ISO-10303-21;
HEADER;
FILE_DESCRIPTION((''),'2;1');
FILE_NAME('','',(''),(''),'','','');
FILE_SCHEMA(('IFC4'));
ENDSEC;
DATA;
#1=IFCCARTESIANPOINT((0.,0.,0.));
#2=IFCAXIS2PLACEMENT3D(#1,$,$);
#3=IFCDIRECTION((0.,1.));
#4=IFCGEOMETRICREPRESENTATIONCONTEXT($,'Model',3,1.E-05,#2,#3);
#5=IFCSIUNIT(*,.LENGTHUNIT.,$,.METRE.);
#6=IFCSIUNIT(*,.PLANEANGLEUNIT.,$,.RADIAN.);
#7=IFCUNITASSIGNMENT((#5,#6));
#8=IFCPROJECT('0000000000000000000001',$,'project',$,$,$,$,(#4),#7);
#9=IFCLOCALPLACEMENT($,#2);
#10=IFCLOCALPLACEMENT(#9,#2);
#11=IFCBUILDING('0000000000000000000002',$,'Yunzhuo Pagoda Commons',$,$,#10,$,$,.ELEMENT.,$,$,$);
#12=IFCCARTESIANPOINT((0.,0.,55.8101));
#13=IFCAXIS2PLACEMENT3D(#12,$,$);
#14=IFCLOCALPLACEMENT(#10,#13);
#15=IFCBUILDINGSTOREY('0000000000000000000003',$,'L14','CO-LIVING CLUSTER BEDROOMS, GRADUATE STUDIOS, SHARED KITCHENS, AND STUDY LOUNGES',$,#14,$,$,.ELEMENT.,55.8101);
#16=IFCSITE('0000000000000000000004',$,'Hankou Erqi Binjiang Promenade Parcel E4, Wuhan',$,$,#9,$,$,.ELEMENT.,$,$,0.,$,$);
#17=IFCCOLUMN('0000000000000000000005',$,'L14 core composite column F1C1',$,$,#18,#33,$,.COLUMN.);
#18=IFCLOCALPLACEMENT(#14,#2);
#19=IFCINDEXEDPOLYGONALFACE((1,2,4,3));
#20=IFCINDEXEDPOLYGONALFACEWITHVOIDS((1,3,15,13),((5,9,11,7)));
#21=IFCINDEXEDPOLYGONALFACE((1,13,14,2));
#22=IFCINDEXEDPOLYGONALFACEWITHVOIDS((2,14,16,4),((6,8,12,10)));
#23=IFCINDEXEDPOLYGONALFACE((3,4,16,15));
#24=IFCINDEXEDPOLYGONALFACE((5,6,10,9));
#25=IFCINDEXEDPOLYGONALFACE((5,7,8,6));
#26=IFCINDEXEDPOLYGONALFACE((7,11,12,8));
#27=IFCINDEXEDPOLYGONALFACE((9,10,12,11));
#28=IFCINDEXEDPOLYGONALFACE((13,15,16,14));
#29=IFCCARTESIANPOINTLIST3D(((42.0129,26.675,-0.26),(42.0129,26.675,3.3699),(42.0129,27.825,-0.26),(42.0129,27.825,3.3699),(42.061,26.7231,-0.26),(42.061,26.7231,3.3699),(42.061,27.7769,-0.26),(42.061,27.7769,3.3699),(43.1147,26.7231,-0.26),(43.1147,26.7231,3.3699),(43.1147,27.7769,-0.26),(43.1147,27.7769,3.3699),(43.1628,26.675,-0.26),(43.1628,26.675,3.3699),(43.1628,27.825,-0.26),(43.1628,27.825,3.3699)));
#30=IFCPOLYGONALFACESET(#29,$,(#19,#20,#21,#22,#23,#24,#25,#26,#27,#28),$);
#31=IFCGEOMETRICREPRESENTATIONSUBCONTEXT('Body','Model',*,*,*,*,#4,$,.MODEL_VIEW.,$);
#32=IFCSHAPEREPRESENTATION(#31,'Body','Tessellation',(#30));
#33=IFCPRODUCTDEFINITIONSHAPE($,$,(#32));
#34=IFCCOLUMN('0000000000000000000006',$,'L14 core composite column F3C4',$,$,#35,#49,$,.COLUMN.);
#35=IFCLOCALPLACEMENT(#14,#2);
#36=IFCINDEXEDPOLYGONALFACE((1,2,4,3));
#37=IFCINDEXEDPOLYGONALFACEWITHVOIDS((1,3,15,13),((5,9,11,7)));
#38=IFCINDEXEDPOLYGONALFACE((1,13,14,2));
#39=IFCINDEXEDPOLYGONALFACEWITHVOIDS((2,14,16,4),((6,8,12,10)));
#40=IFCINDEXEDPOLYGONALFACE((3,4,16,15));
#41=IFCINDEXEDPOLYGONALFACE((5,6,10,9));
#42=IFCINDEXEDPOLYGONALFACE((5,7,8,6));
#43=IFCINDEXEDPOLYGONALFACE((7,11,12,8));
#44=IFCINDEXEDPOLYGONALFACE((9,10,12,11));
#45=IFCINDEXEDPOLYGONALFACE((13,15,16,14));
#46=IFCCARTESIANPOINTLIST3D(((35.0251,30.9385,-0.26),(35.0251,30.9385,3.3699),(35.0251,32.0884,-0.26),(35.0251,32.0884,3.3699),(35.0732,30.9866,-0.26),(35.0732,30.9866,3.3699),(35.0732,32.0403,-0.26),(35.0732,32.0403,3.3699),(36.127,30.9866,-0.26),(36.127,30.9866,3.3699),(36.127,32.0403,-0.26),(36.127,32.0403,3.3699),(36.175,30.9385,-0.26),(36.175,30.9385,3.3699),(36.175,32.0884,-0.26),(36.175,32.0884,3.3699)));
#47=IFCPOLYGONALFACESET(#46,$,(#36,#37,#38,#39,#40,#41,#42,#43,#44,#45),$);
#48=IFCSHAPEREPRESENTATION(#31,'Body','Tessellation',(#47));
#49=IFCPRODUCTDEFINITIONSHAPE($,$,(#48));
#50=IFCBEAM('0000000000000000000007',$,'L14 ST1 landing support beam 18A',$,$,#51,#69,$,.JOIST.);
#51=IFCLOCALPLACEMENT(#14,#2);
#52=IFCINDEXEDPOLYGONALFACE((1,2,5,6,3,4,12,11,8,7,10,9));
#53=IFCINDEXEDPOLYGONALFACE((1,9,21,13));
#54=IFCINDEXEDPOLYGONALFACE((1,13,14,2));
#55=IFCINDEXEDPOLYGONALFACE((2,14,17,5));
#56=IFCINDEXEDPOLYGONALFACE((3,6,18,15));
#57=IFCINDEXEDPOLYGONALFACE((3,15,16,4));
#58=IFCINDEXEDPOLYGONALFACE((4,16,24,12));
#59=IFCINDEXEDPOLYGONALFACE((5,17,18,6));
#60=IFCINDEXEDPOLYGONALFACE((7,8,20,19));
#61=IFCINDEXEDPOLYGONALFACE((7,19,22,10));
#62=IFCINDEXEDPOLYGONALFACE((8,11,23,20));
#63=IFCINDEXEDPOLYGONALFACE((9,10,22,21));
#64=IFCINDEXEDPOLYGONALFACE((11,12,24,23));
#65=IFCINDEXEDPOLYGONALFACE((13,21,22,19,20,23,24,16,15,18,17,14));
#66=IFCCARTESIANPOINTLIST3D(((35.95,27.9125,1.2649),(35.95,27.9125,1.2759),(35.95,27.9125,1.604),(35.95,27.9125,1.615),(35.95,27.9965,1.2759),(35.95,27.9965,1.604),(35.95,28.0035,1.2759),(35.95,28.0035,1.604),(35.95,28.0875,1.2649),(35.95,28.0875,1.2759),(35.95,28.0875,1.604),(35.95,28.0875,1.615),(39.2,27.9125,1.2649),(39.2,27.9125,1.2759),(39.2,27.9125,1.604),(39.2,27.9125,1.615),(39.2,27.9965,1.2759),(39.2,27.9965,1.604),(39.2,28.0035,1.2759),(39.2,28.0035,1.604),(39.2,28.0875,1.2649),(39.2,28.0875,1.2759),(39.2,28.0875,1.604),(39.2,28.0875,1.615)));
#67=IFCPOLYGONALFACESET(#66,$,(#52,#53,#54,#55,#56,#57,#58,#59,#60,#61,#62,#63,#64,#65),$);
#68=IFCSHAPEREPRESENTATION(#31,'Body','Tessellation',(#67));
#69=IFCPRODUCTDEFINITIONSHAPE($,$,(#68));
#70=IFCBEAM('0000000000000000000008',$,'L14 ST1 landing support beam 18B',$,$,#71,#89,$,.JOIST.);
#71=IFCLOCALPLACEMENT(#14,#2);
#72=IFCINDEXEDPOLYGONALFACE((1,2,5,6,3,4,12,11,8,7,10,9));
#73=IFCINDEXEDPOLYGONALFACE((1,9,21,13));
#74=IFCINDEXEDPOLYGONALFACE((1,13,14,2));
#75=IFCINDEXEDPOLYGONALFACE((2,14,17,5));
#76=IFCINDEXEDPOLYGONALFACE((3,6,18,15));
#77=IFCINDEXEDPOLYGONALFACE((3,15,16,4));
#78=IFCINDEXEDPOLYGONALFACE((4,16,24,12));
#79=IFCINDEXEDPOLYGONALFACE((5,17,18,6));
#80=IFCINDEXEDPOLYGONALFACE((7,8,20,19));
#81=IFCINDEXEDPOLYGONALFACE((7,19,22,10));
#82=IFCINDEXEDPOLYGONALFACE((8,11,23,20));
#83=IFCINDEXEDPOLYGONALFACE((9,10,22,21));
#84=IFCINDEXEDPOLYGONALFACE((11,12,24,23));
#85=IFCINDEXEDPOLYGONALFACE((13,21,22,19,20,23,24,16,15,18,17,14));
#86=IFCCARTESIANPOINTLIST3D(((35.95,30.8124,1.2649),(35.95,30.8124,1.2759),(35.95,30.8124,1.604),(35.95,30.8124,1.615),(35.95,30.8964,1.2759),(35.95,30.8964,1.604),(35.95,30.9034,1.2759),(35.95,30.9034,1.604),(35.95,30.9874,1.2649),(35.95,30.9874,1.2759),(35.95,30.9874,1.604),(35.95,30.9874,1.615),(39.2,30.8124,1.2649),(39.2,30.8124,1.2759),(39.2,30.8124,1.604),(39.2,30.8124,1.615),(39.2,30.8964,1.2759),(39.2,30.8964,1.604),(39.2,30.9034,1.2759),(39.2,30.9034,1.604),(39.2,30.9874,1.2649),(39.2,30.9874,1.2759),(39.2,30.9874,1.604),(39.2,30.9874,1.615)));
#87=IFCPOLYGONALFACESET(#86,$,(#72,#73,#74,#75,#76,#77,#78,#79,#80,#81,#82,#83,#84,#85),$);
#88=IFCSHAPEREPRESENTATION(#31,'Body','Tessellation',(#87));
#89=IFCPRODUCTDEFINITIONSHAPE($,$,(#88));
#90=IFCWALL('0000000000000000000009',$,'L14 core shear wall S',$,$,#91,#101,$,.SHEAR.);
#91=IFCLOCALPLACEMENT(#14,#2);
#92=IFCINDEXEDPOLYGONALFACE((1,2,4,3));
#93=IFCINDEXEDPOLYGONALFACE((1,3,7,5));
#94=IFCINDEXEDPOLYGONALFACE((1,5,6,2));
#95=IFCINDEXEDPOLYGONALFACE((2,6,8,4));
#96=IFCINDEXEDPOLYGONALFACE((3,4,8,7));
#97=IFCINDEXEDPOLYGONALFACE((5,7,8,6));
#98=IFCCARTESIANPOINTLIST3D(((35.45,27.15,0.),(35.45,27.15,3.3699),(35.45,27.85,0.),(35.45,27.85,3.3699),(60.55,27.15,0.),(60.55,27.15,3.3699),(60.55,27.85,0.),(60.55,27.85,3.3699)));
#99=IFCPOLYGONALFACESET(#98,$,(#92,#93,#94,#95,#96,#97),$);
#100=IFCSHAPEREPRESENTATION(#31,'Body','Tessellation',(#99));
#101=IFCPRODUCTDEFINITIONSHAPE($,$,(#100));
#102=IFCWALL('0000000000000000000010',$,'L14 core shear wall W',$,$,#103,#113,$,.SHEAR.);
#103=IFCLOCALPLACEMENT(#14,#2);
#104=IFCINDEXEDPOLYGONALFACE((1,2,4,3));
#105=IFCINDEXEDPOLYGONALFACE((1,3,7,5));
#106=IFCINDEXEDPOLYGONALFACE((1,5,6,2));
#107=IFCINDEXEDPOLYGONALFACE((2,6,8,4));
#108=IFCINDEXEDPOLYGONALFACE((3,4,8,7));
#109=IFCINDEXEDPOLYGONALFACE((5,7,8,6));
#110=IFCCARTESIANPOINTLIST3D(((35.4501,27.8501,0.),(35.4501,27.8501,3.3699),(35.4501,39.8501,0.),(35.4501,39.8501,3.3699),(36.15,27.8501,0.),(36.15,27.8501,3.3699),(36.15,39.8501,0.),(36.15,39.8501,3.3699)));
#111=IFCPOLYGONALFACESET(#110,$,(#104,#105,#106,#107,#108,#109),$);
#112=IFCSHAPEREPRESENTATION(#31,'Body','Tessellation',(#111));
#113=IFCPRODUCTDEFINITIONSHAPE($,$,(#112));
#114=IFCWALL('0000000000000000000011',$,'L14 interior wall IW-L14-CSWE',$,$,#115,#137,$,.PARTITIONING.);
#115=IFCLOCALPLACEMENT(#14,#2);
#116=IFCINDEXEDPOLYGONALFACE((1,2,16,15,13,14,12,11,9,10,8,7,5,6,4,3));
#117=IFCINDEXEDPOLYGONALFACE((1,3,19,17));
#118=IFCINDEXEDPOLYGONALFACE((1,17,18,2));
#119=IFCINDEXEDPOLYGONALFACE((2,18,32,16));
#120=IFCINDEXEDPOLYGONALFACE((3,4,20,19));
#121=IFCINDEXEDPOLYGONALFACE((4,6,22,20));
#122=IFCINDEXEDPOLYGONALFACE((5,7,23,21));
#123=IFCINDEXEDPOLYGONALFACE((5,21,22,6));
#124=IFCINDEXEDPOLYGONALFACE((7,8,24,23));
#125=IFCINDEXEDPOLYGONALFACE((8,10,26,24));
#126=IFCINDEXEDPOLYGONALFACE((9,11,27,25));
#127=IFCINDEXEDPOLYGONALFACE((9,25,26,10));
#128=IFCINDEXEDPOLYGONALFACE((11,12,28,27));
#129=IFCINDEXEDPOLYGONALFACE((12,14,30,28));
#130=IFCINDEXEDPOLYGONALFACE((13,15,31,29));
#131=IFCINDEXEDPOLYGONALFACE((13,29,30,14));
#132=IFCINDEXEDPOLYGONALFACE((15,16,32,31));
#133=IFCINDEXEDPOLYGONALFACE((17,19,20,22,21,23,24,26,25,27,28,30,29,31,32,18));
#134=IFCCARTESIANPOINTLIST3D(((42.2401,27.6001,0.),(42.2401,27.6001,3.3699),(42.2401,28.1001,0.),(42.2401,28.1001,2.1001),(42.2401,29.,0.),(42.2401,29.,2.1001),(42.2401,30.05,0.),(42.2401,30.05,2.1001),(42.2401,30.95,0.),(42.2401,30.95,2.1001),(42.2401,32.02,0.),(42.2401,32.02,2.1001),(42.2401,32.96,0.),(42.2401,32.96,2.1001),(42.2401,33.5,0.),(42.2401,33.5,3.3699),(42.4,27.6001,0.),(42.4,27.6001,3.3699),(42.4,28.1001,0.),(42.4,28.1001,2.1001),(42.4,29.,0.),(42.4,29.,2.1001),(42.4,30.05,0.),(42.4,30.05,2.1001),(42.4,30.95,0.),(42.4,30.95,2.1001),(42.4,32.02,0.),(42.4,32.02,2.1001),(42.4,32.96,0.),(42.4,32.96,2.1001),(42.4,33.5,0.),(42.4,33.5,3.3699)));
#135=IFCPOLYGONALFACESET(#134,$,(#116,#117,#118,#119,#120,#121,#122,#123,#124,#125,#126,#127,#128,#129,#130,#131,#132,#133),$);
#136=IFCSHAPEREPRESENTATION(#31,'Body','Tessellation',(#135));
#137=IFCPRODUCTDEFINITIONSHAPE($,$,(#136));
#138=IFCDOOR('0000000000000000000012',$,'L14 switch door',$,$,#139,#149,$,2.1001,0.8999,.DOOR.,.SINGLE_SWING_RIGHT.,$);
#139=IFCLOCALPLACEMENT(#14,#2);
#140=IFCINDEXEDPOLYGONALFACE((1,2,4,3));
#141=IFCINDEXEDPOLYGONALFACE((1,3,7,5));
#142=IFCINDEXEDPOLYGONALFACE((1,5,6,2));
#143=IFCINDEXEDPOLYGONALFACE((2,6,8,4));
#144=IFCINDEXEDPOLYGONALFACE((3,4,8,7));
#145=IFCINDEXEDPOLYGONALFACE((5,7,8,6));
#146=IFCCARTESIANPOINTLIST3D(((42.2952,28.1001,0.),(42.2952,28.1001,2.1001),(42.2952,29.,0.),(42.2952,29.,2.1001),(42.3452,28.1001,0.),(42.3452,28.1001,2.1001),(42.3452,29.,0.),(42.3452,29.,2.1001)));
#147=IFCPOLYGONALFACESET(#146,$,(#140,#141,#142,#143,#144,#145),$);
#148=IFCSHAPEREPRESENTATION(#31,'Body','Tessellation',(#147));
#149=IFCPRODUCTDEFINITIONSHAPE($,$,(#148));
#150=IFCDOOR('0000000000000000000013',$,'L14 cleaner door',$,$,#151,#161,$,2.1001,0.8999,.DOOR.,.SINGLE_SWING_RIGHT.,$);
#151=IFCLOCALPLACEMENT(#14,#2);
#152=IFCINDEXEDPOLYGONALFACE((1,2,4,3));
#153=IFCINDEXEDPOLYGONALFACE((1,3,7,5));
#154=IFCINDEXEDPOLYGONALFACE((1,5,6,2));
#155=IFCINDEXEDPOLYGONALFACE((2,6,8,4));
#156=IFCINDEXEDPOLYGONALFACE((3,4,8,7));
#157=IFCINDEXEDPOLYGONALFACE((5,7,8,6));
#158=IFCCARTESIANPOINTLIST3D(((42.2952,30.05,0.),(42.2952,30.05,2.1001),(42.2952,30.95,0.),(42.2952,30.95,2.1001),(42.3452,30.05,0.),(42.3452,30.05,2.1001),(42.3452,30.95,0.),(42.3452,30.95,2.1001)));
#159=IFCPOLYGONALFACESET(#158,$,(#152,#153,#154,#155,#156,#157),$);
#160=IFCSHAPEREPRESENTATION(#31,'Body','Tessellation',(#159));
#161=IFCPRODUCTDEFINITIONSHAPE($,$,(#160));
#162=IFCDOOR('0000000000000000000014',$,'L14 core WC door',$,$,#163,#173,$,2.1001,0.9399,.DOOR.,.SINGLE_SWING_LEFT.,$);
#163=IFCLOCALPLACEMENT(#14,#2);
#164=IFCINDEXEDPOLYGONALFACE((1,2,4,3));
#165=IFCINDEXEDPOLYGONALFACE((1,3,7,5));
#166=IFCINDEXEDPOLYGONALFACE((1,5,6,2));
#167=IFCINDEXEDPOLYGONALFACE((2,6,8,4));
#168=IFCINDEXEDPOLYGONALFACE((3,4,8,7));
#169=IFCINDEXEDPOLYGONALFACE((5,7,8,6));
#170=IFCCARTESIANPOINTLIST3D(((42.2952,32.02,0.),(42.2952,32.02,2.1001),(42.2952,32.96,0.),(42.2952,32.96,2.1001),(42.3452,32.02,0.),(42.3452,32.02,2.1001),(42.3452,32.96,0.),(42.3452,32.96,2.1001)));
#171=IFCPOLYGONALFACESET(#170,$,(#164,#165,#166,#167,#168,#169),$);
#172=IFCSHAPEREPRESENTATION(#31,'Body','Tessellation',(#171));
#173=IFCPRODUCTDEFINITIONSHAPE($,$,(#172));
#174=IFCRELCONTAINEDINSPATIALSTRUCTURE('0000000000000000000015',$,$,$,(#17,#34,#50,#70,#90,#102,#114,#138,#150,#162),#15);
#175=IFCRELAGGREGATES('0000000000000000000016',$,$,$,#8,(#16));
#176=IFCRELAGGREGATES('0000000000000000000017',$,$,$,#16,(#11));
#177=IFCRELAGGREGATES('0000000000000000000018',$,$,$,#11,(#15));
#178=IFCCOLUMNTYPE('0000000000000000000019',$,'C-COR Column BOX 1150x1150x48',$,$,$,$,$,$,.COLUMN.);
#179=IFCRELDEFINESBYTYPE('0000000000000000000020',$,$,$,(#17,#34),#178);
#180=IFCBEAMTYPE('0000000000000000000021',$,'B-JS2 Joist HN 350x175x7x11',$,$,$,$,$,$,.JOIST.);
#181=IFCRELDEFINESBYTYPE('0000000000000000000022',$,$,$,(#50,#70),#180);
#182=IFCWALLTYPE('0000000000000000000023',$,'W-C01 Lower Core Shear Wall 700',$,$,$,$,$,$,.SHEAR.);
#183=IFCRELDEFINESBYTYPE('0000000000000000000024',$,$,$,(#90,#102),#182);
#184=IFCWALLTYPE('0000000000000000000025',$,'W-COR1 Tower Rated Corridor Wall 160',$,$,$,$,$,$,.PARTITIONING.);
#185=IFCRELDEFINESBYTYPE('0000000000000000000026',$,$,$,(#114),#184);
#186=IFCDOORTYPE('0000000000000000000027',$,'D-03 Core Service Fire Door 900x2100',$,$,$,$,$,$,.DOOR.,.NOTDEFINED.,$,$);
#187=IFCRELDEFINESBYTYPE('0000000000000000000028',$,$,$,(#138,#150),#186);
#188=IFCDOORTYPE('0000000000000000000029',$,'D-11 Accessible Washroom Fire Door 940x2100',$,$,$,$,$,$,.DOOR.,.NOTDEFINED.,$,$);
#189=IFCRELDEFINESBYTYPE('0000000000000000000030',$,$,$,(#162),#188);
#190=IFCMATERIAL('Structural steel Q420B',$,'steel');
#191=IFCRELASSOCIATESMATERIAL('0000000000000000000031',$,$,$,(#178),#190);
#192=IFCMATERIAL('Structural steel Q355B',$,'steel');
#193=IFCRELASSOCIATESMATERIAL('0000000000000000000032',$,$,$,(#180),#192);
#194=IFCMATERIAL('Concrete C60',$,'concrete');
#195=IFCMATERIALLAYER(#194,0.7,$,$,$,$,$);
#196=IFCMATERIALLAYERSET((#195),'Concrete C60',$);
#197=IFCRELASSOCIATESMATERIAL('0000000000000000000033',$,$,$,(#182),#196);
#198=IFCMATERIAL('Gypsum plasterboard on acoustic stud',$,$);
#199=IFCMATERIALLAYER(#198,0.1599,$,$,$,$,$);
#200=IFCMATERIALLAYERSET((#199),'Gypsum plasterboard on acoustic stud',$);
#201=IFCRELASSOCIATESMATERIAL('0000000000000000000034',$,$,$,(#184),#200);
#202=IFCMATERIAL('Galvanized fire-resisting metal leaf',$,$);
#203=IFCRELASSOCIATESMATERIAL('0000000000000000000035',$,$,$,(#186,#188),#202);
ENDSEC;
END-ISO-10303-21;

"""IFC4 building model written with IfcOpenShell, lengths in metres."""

from ifc_helpers import new_model, si_unit, direction, frame, frame_2d, origin, origin_with_axes, origin_2d, place, context, subcontext, project, spatial, rectangle, hollow_rectangle, i_section, extrude, source, transform, mapped, material, layer, layer_set, material_profile, profile_set, type_object, element, fill, save


model = new_model("IFC4")

# Units and contexts
model_context = context("Model", 3, precision=1e-05, world=origin(), true_north=direction((0.0, 1.0)))
body_context = subcontext(model_context, "Body", "Model", "MODEL_VIEW")
ifc_project = project(units=[si_unit("LENGTHUNIT", "METRE"), si_unit("PLANEANGLEUNIT", "RADIAN")], contexts=[model_context])

# Site, building, storey
site_placement = place(None, origin())
site = spatial("IfcSite", under=ifc_project, at=site_placement, Name="Hankou Erqi Binjiang Promenade Parcel E4, Wuhan", CompositionType="ELEMENT", RefElevation=0.0)
building_placement = place(site_placement, origin())
building = spatial("IfcBuilding", under=site, at=building_placement, Name="Yunzhuo Pagoda Commons", CompositionType="ELEMENT")
storey_placement = place(building_placement, frame((0.0, 0.0, 55.8101)))
storey = spatial("IfcBuildingStorey", under=building, at=storey_placement, Name="L14", Description="CO-LIVING CLUSTER BEDROOMS, GRADUATE STUDIOS, SHARED KITCHENS, AND STUDY LOUNGES", CompositionType="ELEMENT", Elevation=55.8101)

# Columns
ifc_material_1 = material(Name="Structural steel Q420B", Category="steel")
ifc_material_profile_1 = material_profile(ifc_material_1, hollow_rectangle(XDim=1.1499, YDim=1.1499, WallThickness=0.0481, at=origin_2d()), Name="Structural steel Q420B")
ifc_profile_set_1 = profile_set([ifc_material_profile_1], Name="Structural steel Q420B")
column_type = type_object("IfcColumnType", Name="C-COR Column BOX 1150x1150x48", PredefinedType="COLUMN", material=ifc_profile_set_1)
shared_shape_1 = source(origin(), body_context, "Body", "SweptSolid", [
    extrude(hollow_rectangle(XDim=1.1499, YDim=1.1499, WallThickness=0.0481, at=origin_2d()), origin(), (0.0, 0.0, 1.0), 3.6299),
])
for number, where, z_axis, x_axis, name in (
    (1, (42.5879, 27.25, -0.26), (0.0, 0.0, 1.0), (1.0, 0.0, 0.0), "L14 core composite column F1C1"),
    (2, (35.6001, 31.5134, -0.26), (0.0, 0.0, 1.0), (1.0, 0.0, 0.0), "L14 core composite column F3C4"),
):
    element("IfcColumn", number, at=place(storey_placement, frame(where, z_axis=z_axis, x_axis=x_axis)), inside=storey, type_object=column_type, Name=name, PredefinedType="COLUMN", context=body_context, shape_type="MappedRepresentation", body=[
        mapped(shared_shape_1, transform((0.0, 0.0, 0.0), scale=1.0)),
    ])

# Beams
ifc_material_2 = material(Name="Structural steel Q355B", Category="steel")
ifc_material_profile_2 = material_profile(ifc_material_2, i_section(OverallWidth=0.175, OverallDepth=0.3501, WebThickness=0.0071, FlangeThickness=0.011, at=origin_2d()), Name="Structural steel Q355B")
ifc_profile_set_2 = profile_set([ifc_material_profile_2], Name="Structural steel Q355B")
beam_type = type_object("IfcBeamType", Name="B-JS2 Joist HN 350x175x7x11", PredefinedType="JOIST", material=ifc_profile_set_2)
shared_shape_2 = source(origin(), body_context, "Body", "SweptSolid", [
    extrude(i_section(OverallWidth=0.175, OverallDepth=0.3501, WebThickness=0.0071, FlangeThickness=0.011, at=origin_2d()), origin(), (0.0, 0.0, 1.0), 3.25),
])
for number, where, z_axis, x_axis, name in (
    (3, (35.95, 28.0, 1.4399), (1.0, 0.0, 0.0), (0.0, 1.0, 0.0), "L14 ST1 landing support beam 18A"),
    (4, (35.95, 30.8999, 1.4399), (1.0, 0.0, 0.0), (0.0, 1.0, 0.0), "L14 ST1 landing support beam 18B"),
):
    element("IfcBeam", number, at=place(storey_placement, frame(where, z_axis=z_axis, x_axis=x_axis)), inside=storey, type_object=beam_type, Name=name, PredefinedType="JOIST", context=body_context, shape_type="MappedRepresentation", body=[
        mapped(shared_shape_2, transform((0.0, 0.0, 0.0), scale=1.0)),
    ])

# Walls
ifc_material_3 = material(Name="Concrete C60", Category="concrete")
ifc_layer_1 = layer(ifc_material_3, 0.7)
ifc_layer_set_1 = layer_set([ifc_layer_1], Name="Concrete C60")
wall_type_1 = type_object("IfcWallType", Name="W-C01 Lower Core Shear Wall 700", PredefinedType="SHEAR", material=ifc_layer_set_1)
wall_1_placement = place(storey_placement, frame((35.45, 27.5, 0.0), z_axis=(0.0, 0.0, 1.0), x_axis=(1.0, 0.0, 0.0)))
element("IfcWall", 5, at=wall_1_placement, inside=storey, type_object=wall_type_1, Name="L14 core shear wall S", PredefinedType="SHEAR", context=body_context, shape_type="SweptSolid", body=[
    extrude(rectangle(XDim=25.1001, YDim=0.7, at=frame_2d((12.55, 0.0))), origin(), (0.0, 0.0, 1.0), 3.3699),
])
wall_2_placement = place(storey_placement, frame((35.8, 27.8501, 0.0), z_axis=(0.0, 0.0, 1.0), x_axis=(0.0, 1.0, 0.0)))
element("IfcWall", 6, at=wall_2_placement, inside=storey, type_object=wall_type_1, Name="L14 core shear wall W", PredefinedType="SHEAR", context=body_context, shape_type="SweptSolid", body=[
    extrude(rectangle(XDim=12.0, YDim=0.7, at=frame_2d((6.0, 0.0))), origin(), (0.0, 0.0, 1.0), 3.3699),
])

# Wall, openings, doors
ifc_material_4 = material(Name="Gypsum plasterboard on acoustic stud")
ifc_layer_2 = layer(ifc_material_4, 0.1599)
ifc_layer_set_2 = layer_set([ifc_layer_2], Name="Gypsum plasterboard on acoustic stud")
wall_type_2 = type_object("IfcWallType", Name="W-COR1 Tower Rated Corridor Wall 160", PredefinedType="PARTITIONING", material=ifc_layer_set_2)
wall_3_placement = place(storey_placement, frame((42.3201, 27.6001, 0.0), z_axis=(0.0, 0.0, 1.0), x_axis=(0.0, 1.0, 0.0)))
wall_3 = element("IfcWall", 7, at=wall_3_placement, inside=storey, type_object=wall_type_2, Name="L14 interior wall IW-L14-CSWE", PredefinedType="PARTITIONING", context=body_context, shape_type="SweptSolid", body=[
    extrude(rectangle(XDim=5.8999, YDim=0.1599, at=frame_2d((2.95, 0.0))), origin(), (0.0, 0.0, 1.0), 3.3699),
])
opening_1_placement = place(wall_3_placement, frame((0.5, 0.0, 0.0)))
opening_1 = element("IfcOpeningElement", 8, at=opening_1_placement, cuts=wall_3, PredefinedType="OPENING", context=body_context, shape_type="SweptSolid", body=[
    extrude(rectangle(XDim=0.8999, YDim=2.1001, at=frame_2d((0.45, 1.05))), frame((0.0, 0.0898, 0.0), z_axis=(0.0, -1.0, 0.0), x_axis=(1.0, 0.0, 0.0)), (0.0, 0.0, 1.0), 0.1799),
])
opening_2_placement = place(wall_3_placement, frame((2.45, 0.0, 0.0)))
opening_2 = element("IfcOpeningElement", 9, at=opening_2_placement, cuts=wall_3, PredefinedType="OPENING", context=body_context, shape_type="SweptSolid", body=[
    extrude(rectangle(XDim=0.8999, YDim=2.1001, at=frame_2d((0.45, 1.05))), frame((0.0, 0.0898, 0.0), z_axis=(0.0, -1.0, 0.0), x_axis=(1.0, 0.0, 0.0)), (0.0, 0.0, 1.0), 0.1799),
])
opening_3_placement = place(wall_3_placement, frame((4.4199, 0.0, 0.0)))
opening_3 = element("IfcOpeningElement", 10, at=opening_3_placement, cuts=wall_3, PredefinedType="OPENING", context=body_context, shape_type="SweptSolid", body=[
    extrude(rectangle(XDim=0.9399, YDim=2.1001, at=frame_2d((0.47, 1.05))), frame((0.0, 0.0898, 0.0), z_axis=(0.0, -1.0, 0.0), x_axis=(1.0, 0.0, 0.0)), (0.0, 0.0, 1.0), 0.1799),
])
ifc_material_5 = material(Name="Galvanized fire-resisting metal leaf")
door_type_1 = type_object("IfcDoorType", Name="D-03 Core Service Fire Door 900x2100", OperationType="NOTDEFINED", PredefinedType="DOOR", material=ifc_material_5)
shared_shape_3 = source(origin(), body_context, "Body", "SweptSolid", [
    extrude(rectangle(XDim=0.8999, YDim=2.1001, at=frame_2d((0.45, 1.05))), frame((0.0, 0.0249, 0.0), z_axis=(0.0, -1.0, 0.0), x_axis=(1.0, 0.0, 0.0)), (0.0, 0.0, 1.0), 0.05),
])
door_1_placement = place(opening_1_placement, origin_with_axes())
door_1 = element("IfcDoor", 11, at=door_1_placement, inside=storey, type_object=door_type_1, Name="L14 switch door", OperationType="SINGLE_SWING_RIGHT", OverallHeight=2.1001, OverallWidth=0.8999, PredefinedType="DOOR", context=body_context, shape_type="MappedRepresentation", body=[
    mapped(shared_shape_3, transform((0.0, 0.0, 0.0), scale=1.0)),
])
fill(opening_1, door_1)
door_2_placement = place(opening_2_placement, origin_with_axes())
door_2 = element("IfcDoor", 12, at=door_2_placement, inside=storey, type_object=door_type_1, Name="L14 cleaner door", OperationType="SINGLE_SWING_RIGHT", OverallHeight=2.1001, OverallWidth=0.8999, PredefinedType="DOOR", context=body_context, shape_type="MappedRepresentation", body=[
    mapped(shared_shape_3, transform((0.0, 0.0, 0.0), scale=1.0)),
])
fill(opening_2, door_2)
door_type_2 = type_object("IfcDoorType", Name="D-11 Accessible Washroom Fire Door 940x2100", OperationType="NOTDEFINED", PredefinedType="DOOR", material=ifc_material_5)
shared_shape_4 = source(origin(), body_context, "Body", "SweptSolid", [
    extrude(rectangle(XDim=0.9399, YDim=2.1001, at=frame_2d((0.47, 1.05))), frame((0.0, 0.0249, 0.0), z_axis=(0.0, -1.0, 0.0), x_axis=(1.0, 0.0, 0.0)), (0.0, 0.0, 1.0), 0.05),
])
door_3_placement = place(opening_3_placement, origin_with_axes())
door_3 = element("IfcDoor", 13, at=door_3_placement, inside=storey, type_object=door_type_2, Name="L14 core WC door", OperationType="SINGLE_SWING_LEFT", OverallHeight=2.1001, OverallWidth=0.9399, PredefinedType="DOOR", context=body_context, shape_type="MappedRepresentation", body=[
    mapped(shared_shape_4, transform((0.0, 0.0, 0.0), scale=1.0)),
])
fill(opening_3, door_3)

save(model, "model.ifc")
